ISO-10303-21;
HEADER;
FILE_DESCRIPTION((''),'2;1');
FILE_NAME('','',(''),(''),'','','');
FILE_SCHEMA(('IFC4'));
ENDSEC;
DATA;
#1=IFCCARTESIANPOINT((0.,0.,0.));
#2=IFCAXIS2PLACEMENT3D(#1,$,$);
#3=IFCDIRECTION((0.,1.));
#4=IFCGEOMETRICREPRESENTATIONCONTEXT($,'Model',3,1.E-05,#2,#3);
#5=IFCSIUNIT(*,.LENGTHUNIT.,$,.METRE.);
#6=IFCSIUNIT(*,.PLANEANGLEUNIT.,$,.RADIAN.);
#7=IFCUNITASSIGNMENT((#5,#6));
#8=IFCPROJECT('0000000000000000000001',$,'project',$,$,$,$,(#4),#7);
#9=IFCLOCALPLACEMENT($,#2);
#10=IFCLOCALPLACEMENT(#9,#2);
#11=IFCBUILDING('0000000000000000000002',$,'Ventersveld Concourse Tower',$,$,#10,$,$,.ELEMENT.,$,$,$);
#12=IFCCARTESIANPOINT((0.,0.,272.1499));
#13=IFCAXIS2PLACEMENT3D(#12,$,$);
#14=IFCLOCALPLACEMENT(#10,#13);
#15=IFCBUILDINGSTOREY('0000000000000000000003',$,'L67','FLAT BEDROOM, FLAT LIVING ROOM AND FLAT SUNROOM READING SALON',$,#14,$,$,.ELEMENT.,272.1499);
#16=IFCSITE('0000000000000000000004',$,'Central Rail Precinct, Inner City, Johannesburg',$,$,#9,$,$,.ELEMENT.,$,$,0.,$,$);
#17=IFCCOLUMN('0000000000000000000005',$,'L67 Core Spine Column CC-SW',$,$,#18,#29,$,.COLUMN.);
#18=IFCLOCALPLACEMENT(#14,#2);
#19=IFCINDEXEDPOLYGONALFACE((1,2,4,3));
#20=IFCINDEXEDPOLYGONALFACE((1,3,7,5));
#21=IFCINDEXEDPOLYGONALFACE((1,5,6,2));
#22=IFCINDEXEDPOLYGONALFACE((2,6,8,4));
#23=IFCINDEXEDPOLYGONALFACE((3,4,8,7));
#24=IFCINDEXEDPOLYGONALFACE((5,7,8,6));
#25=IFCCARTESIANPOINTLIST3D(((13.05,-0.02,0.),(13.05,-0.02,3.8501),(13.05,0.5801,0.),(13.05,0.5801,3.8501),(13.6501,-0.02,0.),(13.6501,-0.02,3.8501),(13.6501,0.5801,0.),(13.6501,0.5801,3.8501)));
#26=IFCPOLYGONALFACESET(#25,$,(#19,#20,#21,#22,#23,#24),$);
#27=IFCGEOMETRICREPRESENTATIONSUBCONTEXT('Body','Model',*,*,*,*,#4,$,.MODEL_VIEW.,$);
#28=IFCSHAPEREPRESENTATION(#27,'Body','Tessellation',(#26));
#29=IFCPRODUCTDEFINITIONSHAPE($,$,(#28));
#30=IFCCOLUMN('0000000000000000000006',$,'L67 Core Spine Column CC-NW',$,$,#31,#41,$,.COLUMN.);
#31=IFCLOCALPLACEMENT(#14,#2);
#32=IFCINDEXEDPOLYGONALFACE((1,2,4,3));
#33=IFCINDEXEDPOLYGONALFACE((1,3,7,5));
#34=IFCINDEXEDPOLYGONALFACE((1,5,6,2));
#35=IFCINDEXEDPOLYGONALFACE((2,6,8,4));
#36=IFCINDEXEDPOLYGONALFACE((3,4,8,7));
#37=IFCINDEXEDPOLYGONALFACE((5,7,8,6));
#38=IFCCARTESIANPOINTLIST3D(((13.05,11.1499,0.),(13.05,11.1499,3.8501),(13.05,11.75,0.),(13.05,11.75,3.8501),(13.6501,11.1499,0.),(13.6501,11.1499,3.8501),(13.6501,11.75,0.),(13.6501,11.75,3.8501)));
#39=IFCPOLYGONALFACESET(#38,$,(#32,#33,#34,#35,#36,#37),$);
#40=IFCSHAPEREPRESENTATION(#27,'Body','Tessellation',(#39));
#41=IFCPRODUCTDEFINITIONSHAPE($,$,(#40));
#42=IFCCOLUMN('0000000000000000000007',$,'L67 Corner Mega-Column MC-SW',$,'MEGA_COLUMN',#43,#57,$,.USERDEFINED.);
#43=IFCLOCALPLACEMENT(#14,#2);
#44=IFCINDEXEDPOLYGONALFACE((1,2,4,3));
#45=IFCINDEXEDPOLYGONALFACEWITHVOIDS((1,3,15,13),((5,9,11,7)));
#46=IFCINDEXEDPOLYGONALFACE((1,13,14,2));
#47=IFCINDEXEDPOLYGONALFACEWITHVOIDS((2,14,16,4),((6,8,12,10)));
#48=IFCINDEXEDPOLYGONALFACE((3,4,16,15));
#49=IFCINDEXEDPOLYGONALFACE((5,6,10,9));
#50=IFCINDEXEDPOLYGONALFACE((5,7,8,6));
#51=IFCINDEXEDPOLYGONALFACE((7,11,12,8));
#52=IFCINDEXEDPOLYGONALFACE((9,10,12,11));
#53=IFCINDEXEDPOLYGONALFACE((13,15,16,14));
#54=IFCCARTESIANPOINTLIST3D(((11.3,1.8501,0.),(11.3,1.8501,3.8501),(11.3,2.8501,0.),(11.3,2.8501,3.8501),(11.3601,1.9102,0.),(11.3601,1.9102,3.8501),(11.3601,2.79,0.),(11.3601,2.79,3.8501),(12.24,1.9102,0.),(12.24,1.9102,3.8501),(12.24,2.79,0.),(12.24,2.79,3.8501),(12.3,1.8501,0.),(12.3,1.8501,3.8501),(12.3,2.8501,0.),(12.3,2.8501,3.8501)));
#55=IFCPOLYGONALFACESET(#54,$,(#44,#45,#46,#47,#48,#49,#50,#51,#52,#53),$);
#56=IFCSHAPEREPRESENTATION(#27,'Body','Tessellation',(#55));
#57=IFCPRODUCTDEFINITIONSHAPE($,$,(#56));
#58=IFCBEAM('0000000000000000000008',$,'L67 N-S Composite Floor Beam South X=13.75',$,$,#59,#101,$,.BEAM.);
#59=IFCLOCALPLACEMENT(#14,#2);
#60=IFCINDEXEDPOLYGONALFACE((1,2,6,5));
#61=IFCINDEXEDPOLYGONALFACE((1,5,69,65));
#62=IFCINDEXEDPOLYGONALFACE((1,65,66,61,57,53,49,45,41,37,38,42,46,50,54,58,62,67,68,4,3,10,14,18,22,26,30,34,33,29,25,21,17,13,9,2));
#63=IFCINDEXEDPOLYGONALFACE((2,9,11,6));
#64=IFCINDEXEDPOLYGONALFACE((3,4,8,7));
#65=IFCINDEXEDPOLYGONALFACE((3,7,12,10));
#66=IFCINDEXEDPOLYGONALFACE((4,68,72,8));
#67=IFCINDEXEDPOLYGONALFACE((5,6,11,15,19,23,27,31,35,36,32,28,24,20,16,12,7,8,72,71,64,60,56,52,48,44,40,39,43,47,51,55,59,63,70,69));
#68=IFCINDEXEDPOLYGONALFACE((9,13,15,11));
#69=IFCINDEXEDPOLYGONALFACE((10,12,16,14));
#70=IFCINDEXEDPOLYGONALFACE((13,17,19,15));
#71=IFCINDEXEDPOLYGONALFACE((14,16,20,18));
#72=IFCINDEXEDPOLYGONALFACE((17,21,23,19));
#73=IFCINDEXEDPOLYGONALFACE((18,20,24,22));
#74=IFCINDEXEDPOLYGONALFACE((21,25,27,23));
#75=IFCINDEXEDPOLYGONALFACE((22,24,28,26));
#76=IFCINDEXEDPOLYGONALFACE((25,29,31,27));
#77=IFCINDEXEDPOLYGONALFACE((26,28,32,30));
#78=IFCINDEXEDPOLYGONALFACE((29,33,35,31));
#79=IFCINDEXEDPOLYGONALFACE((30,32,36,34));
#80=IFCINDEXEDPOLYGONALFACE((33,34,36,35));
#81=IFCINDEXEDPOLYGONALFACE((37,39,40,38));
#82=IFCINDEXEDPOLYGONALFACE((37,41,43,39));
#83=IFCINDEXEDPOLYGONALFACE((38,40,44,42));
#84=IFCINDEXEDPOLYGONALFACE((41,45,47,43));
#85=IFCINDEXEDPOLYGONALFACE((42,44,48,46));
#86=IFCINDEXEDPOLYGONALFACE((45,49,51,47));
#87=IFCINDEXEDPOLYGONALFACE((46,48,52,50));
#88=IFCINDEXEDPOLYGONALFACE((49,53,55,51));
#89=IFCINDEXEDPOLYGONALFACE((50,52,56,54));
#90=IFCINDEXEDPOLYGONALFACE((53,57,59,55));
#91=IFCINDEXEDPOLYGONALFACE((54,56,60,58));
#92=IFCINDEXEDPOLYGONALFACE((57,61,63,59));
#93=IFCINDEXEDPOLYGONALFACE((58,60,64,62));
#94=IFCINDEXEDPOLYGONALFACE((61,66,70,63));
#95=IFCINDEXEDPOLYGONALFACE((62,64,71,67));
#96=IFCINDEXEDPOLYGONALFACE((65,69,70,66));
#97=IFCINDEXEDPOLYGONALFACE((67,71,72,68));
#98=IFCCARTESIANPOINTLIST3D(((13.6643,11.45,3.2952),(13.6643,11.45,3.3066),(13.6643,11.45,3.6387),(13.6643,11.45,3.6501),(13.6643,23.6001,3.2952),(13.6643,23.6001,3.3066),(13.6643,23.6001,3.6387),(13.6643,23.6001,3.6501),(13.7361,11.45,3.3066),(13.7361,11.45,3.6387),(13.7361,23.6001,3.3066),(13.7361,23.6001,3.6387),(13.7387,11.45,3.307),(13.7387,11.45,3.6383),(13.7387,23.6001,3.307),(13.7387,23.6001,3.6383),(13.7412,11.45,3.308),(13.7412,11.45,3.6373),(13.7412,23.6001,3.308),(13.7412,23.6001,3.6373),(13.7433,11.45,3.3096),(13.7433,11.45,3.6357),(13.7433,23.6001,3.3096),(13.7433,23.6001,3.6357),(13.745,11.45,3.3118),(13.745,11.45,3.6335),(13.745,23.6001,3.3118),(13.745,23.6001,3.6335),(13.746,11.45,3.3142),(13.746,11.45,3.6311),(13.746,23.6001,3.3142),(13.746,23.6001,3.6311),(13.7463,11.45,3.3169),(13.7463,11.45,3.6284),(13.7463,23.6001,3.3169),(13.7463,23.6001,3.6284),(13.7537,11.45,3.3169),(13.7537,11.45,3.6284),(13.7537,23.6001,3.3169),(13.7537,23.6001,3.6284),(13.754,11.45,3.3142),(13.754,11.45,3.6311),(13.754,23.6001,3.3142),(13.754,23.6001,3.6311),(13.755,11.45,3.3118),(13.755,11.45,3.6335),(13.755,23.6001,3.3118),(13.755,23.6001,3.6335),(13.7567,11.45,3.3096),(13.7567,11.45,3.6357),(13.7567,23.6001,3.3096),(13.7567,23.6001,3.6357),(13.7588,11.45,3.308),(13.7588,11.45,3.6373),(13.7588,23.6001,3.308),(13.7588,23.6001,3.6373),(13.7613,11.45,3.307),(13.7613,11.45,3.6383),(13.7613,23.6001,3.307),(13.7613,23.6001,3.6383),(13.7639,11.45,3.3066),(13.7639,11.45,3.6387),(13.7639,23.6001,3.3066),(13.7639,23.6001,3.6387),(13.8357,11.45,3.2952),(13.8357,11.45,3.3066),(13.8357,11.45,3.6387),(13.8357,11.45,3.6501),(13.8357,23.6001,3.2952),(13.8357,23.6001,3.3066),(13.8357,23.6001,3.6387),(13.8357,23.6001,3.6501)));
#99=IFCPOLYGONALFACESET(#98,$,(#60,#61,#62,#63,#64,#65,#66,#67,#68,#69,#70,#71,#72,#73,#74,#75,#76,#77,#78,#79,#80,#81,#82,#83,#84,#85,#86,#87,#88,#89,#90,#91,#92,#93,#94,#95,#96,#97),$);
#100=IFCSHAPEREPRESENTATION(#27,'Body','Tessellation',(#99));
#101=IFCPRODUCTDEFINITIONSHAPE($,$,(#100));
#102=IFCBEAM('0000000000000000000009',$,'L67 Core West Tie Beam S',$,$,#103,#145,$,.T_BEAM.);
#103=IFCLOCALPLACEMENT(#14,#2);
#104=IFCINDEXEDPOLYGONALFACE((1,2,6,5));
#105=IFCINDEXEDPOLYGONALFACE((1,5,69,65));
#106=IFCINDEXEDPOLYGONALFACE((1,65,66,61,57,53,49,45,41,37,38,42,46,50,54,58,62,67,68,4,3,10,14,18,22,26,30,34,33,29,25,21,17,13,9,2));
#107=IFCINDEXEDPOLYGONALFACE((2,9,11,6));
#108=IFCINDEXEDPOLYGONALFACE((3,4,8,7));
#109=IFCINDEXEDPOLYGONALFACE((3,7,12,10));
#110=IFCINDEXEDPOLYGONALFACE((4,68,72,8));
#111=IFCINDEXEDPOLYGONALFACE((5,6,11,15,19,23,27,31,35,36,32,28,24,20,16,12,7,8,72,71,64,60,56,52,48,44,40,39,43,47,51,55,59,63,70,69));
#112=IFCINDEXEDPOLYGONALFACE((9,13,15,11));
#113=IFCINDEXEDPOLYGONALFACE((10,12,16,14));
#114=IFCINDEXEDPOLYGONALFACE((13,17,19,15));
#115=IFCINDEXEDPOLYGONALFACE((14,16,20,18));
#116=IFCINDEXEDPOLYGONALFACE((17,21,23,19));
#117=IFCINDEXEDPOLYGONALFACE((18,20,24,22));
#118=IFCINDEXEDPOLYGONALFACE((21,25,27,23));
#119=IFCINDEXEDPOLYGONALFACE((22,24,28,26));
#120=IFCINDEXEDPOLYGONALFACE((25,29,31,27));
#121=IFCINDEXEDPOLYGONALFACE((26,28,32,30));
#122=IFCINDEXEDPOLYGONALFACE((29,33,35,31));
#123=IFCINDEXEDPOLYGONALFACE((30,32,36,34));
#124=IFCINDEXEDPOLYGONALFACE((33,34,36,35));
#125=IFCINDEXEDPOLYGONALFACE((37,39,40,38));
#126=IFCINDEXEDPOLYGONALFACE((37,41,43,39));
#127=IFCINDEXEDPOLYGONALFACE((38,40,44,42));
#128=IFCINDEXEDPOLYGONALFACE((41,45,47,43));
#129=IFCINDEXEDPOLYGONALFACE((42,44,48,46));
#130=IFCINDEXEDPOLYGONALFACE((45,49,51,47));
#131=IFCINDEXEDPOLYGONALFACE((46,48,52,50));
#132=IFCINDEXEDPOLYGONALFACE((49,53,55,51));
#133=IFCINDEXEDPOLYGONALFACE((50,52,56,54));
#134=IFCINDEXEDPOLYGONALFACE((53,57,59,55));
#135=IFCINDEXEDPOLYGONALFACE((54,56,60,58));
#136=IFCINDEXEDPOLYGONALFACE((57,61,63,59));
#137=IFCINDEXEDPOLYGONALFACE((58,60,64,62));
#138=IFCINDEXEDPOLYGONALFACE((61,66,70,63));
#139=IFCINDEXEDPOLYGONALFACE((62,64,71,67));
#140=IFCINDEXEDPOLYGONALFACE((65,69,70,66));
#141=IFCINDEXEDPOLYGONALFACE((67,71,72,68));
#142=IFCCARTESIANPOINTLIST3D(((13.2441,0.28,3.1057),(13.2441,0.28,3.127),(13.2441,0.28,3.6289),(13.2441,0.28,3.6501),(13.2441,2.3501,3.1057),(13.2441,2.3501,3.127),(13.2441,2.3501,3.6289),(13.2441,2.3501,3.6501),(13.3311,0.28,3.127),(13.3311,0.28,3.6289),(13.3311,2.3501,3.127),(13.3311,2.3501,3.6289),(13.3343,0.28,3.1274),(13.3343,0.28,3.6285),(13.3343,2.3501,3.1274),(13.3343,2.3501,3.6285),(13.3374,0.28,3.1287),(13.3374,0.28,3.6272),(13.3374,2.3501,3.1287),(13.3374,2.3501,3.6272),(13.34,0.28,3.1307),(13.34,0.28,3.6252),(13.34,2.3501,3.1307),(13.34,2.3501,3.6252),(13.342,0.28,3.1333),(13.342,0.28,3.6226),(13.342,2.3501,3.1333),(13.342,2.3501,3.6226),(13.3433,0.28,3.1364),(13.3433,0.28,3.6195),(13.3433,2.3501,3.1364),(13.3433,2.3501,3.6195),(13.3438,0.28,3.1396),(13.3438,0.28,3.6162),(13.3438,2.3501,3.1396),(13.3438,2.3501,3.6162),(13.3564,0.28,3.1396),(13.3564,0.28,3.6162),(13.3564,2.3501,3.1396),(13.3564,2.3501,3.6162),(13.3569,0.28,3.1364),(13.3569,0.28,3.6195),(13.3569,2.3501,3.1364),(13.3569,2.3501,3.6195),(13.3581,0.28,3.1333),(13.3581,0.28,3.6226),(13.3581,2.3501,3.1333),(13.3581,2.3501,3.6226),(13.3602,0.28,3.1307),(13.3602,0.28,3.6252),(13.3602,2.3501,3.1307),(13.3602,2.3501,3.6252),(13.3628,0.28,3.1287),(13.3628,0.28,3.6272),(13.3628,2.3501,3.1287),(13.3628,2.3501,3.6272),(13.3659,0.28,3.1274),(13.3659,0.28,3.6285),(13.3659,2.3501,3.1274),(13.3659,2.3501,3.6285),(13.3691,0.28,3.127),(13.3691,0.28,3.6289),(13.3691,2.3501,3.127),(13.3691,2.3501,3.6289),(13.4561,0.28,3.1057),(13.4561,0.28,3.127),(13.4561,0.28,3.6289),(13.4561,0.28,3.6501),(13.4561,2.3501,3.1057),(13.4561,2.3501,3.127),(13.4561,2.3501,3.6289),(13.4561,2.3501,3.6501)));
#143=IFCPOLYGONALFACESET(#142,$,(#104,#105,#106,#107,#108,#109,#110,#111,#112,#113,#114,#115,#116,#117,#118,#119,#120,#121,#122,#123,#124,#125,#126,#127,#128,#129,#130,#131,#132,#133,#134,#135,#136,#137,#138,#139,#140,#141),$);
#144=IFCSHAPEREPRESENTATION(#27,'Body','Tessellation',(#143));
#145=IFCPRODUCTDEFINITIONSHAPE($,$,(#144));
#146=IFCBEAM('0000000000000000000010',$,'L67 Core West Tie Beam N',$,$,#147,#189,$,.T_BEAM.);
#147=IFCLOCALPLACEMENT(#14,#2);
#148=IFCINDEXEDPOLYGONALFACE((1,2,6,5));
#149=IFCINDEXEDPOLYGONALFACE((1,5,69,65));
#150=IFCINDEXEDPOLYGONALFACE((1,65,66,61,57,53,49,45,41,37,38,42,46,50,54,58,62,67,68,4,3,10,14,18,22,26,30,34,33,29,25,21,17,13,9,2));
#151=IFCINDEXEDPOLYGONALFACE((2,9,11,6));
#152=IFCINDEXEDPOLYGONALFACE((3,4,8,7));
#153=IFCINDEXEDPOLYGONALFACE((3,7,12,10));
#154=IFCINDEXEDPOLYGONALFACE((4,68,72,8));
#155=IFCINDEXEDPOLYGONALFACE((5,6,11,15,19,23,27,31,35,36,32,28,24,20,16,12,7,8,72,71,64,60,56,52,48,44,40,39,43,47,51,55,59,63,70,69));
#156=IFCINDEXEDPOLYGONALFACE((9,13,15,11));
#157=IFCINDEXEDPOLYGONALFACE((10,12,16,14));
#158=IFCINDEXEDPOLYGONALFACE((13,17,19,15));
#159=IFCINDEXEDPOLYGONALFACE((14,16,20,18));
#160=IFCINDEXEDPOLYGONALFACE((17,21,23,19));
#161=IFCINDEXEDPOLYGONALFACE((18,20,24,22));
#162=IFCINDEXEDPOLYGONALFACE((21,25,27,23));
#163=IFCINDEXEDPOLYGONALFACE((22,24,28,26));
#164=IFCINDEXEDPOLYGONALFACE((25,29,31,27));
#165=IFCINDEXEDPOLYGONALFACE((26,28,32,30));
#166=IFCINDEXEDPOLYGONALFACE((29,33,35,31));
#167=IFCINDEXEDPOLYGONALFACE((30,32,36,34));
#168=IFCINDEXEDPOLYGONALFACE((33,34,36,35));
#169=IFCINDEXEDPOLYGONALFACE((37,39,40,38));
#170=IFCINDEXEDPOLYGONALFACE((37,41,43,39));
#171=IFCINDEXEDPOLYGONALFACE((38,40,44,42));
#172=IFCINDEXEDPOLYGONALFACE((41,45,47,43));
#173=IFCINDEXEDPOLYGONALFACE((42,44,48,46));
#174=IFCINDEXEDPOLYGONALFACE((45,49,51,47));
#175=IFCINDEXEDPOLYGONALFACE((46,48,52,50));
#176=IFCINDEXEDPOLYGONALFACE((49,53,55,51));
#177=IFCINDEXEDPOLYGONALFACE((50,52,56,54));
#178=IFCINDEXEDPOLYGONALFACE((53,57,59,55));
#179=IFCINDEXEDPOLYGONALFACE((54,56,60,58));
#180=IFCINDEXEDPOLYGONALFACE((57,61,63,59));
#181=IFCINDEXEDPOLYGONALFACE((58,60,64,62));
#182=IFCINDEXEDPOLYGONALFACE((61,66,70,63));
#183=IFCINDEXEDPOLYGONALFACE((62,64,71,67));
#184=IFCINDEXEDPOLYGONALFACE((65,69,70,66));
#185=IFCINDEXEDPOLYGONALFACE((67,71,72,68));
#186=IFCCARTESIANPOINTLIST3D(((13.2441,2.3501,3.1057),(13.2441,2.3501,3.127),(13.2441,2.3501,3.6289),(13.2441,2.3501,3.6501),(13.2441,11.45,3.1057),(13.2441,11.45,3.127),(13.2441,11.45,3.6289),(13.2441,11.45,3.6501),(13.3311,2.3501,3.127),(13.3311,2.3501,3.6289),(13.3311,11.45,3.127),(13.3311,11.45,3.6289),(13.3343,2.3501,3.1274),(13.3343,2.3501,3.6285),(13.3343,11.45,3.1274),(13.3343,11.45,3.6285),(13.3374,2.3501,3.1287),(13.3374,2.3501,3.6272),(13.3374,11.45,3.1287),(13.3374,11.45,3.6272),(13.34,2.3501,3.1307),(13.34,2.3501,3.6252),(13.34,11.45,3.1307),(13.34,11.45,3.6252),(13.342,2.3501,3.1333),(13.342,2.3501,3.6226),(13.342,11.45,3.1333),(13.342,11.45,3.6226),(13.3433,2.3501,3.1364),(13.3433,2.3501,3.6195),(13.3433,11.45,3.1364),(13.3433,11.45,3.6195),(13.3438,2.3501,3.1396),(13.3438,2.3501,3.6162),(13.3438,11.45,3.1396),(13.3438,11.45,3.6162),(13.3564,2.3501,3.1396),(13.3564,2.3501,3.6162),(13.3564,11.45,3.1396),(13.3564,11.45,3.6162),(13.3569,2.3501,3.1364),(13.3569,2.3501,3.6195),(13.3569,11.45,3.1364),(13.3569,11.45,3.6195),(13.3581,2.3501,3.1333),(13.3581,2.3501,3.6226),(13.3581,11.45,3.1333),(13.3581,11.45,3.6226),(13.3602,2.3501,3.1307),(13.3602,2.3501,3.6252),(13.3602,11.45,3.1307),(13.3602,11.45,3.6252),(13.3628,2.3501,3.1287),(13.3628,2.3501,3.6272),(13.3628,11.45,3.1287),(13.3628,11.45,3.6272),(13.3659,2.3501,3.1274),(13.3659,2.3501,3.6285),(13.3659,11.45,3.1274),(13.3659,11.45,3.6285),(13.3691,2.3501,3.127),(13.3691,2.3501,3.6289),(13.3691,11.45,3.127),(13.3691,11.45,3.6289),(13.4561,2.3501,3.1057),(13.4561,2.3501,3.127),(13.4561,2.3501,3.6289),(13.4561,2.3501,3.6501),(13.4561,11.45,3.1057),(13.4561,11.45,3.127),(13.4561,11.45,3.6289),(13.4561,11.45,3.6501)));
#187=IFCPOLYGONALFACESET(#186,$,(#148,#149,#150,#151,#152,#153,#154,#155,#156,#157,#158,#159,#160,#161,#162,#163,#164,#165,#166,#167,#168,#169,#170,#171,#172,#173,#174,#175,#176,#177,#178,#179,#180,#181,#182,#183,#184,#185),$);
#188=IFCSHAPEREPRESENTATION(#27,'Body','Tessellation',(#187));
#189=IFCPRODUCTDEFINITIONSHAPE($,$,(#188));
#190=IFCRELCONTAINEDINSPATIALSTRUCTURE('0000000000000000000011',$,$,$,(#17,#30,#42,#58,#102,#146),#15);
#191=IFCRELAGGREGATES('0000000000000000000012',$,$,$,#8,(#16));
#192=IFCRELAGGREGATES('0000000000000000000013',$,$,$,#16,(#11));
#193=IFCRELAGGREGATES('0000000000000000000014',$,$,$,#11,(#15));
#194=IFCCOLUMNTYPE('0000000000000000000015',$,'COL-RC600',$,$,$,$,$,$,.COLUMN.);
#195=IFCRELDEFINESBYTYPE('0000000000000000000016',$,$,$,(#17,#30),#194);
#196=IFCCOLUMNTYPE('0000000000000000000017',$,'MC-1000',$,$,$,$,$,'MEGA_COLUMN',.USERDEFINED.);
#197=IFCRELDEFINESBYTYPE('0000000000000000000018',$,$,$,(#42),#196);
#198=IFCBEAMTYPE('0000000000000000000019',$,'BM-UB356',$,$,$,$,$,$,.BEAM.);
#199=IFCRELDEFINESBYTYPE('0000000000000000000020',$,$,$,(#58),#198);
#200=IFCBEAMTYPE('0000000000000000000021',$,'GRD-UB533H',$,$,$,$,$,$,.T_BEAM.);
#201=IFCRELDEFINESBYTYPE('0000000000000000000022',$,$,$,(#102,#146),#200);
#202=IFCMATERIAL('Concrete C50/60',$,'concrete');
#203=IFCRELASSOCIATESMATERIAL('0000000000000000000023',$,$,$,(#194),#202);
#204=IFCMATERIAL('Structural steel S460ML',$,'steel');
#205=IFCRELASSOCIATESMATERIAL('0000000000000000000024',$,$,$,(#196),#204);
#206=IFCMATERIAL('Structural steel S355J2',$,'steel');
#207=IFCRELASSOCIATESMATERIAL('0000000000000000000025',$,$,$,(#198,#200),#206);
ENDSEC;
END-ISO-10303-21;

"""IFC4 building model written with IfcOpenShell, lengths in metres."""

from ifc_helpers import new_model, si_unit, direction, frame, origin, origin_2d, place, context, subcontext, project, spatial, rectangle, hollow_rectangle, i_section, extrude, material, material_profile, profile_set, type_object, element, save


model = new_model("IFC4")

# Units and contexts
model_context = context("Model", 3, precision=1e-05, world=origin(), true_north=direction((0.0, 1.0)))
body_context = subcontext(model_context, "Body", "Model", "MODEL_VIEW")
ifc_project = project(units=[si_unit("LENGTHUNIT", "METRE"), si_unit("PLANEANGLEUNIT", "RADIAN")], contexts=[model_context])

# Site, building, storey
site_placement = place(None, origin())
site = spatial("IfcSite", under=ifc_project, at=site_placement, Name="Central Rail Precinct, Inner City, Johannesburg", CompositionType="ELEMENT", RefElevation=0.0)
building_placement = place(site_placement, origin())
building = spatial("IfcBuilding", under=site, at=building_placement, Name="Ventersveld Concourse Tower", CompositionType="ELEMENT")
storey_placement = place(building_placement, frame((0.0, 0.0, 272.1499)))
storey = spatial("IfcBuildingStorey", under=building, at=storey_placement, Name="L67", Description="FLAT BEDROOM, FLAT LIVING ROOM AND FLAT SUNROOM READING SALON", CompositionType="ELEMENT", Elevation=272.1499)

# Columns
ifc_material_1 = material(Name="Concrete C50/60", Category="concrete")
ifc_material_profile_1 = material_profile(ifc_material_1, rectangle(XDim=0.6001, YDim=0.6001, at=origin_2d()), Name="RC 600x600")
ifc_profile_set_1 = profile_set([ifc_material_profile_1], Name="Concrete C50/60")
column_type_1 = type_object("IfcColumnType", Name="COL-RC600", PredefinedType="COLUMN", material=ifc_profile_set_1)
for number, where, z_axis, x_axis, name in (
    (1, (13.3501, 0.28, 0.0), (0.0, 0.0, 1.0), (1.0, 0.0, 0.0), "L67 Core Spine Column CC-SW"),
    (2, (13.3501, 11.45, 0.0), (0.0, 0.0, 1.0), (1.0, 0.0, 0.0), "L67 Core Spine Column CC-NW"),
):
    element("IfcColumn", number, at=place(storey_placement, frame(where, z_axis=z_axis, x_axis=x_axis)), inside=storey, type_object=column_type_1, Name=name, PredefinedType="COLUMN", context=body_context, shape_type="SweptSolid", body=[
        extrude(rectangle(XDim=0.6001, YDim=0.6001, at=origin_2d()), origin(), (0.0, 0.0, 1.0), 3.8501),
    ])
ifc_material_2 = material(Name="Structural steel S460ML", Category="steel")
ifc_material_profile_2 = material_profile(ifc_material_2, hollow_rectangle(XDim=1.0, YDim=1.0, WallThickness=0.0601, at=origin_2d()), Name="BOX 1000x1000x60")
ifc_profile_set_2 = profile_set([ifc_material_profile_2], Name="Structural steel S460ML")
column_type_2 = type_object("IfcColumnType", Name="MC-1000", ElementType="MEGA_COLUMN", PredefinedType="USERDEFINED", material=ifc_profile_set_2)
column_placement = place(storey_placement, frame((11.8, 2.3501, 0.0), z_axis=(0.0, 0.0, 1.0), x_axis=(1.0, 0.0, 0.0)))
element("IfcColumn", 3, at=column_placement, inside=storey, type_object=column_type_2, Name="L67 Corner Mega-Column MC-SW", ObjectType="MEGA_COLUMN", PredefinedType="USERDEFINED", context=body_context, shape_type="SweptSolid", body=[
    extrude(hollow_rectangle(XDim=1.0, YDim=1.0, WallThickness=0.0601, at=origin_2d()), origin(), (0.0, 0.0, 1.0), 3.8501),
])

# Beams
ifc_material_3 = material(Name="Structural steel S355J2", Category="steel")
ifc_material_profile_3 = material_profile(ifc_material_3, i_section(OverallWidth=0.1714, OverallDepth=0.355, WebThickness=0.0073, FlangeThickness=0.0115, FilletRadius=0.0103, at=origin_2d()), Name="UB 356x171x51")
ifc_profile_set_3 = profile_set([ifc_material_profile_3], Name="Structural steel S355J2")
beam_type_1 = type_object("IfcBeamType", Name="BM-UB356", PredefinedType="BEAM", material=ifc_profile_set_3)
beam_1_placement = place(storey_placement, frame((13.75, 11.45, 3.4727), z_axis=(0.0, 1.0, 0.0), x_axis=(-1.0, 0.0, 0.0)))
element("IfcBeam", 4, at=beam_1_placement, inside=storey, type_object=beam_type_1, Name="L67 N-S Composite Floor Beam South X=13.75", PredefinedType="BEAM", context=body_context, shape_type="SweptSolid", body=[
    extrude(i_section(OverallWidth=0.1714, OverallDepth=0.355, WebThickness=0.0073, FlangeThickness=0.0115, FilletRadius=0.0103, at=origin_2d()), origin(), (0.0, 0.0, 1.0), 12.1501),
])
ifc_material_profile_4 = material_profile(ifc_material_3, i_section(OverallWidth=0.2119, OverallDepth=0.5444, WebThickness=0.0127, FlangeThickness=0.0212, FilletRadius=0.0127, at=origin_2d()), Name="UB 533x210x122")
ifc_profile_set_4 = profile_set([ifc_material_profile_4], Name="Structural steel S355J2")
beam_type_2 = type_object("IfcBeamType", Name="GRD-UB533H", PredefinedType="T_BEAM", material=ifc_profile_set_4)
beam_2_placement = place(storey_placement, frame((13.3501, 0.28, 3.3779), z_axis=(0.0, 1.0, 0.0), x_axis=(-1.0, 0.0, 0.0)))
element("IfcBeam", 5, at=beam_2_placement, inside=storey, type_object=beam_type_2, Name="L67 Core West Tie Beam S", PredefinedType="T_BEAM", context=body_context, shape_type="SweptSolid", body=[
    extrude(i_section(OverallWidth=0.2119, OverallDepth=0.5444, WebThickness=0.0127, FlangeThickness=0.0212, FilletRadius=0.0127, at=origin_2d()), origin(), (0.0, 0.0, 1.0), 2.0701),
])
beam_3_placement = place(storey_placement, frame((13.3501, 2.3501, 3.3779), z_axis=(0.0, 1.0, 0.0), x_axis=(-1.0, 0.0, 0.0)))
element("IfcBeam", 6, at=beam_3_placement, inside=storey, type_object=beam_type_2, Name="L67 Core West Tie Beam N", PredefinedType="T_BEAM", context=body_context, shape_type="SweptSolid", body=[
    extrude(i_section(OverallWidth=0.2119, OverallDepth=0.5444, WebThickness=0.0127, FlangeThickness=0.0212, FilletRadius=0.0127, at=origin_2d()), origin(), (0.0, 0.0, 1.0), 9.0999),
])

save(model, "model.ifc")
